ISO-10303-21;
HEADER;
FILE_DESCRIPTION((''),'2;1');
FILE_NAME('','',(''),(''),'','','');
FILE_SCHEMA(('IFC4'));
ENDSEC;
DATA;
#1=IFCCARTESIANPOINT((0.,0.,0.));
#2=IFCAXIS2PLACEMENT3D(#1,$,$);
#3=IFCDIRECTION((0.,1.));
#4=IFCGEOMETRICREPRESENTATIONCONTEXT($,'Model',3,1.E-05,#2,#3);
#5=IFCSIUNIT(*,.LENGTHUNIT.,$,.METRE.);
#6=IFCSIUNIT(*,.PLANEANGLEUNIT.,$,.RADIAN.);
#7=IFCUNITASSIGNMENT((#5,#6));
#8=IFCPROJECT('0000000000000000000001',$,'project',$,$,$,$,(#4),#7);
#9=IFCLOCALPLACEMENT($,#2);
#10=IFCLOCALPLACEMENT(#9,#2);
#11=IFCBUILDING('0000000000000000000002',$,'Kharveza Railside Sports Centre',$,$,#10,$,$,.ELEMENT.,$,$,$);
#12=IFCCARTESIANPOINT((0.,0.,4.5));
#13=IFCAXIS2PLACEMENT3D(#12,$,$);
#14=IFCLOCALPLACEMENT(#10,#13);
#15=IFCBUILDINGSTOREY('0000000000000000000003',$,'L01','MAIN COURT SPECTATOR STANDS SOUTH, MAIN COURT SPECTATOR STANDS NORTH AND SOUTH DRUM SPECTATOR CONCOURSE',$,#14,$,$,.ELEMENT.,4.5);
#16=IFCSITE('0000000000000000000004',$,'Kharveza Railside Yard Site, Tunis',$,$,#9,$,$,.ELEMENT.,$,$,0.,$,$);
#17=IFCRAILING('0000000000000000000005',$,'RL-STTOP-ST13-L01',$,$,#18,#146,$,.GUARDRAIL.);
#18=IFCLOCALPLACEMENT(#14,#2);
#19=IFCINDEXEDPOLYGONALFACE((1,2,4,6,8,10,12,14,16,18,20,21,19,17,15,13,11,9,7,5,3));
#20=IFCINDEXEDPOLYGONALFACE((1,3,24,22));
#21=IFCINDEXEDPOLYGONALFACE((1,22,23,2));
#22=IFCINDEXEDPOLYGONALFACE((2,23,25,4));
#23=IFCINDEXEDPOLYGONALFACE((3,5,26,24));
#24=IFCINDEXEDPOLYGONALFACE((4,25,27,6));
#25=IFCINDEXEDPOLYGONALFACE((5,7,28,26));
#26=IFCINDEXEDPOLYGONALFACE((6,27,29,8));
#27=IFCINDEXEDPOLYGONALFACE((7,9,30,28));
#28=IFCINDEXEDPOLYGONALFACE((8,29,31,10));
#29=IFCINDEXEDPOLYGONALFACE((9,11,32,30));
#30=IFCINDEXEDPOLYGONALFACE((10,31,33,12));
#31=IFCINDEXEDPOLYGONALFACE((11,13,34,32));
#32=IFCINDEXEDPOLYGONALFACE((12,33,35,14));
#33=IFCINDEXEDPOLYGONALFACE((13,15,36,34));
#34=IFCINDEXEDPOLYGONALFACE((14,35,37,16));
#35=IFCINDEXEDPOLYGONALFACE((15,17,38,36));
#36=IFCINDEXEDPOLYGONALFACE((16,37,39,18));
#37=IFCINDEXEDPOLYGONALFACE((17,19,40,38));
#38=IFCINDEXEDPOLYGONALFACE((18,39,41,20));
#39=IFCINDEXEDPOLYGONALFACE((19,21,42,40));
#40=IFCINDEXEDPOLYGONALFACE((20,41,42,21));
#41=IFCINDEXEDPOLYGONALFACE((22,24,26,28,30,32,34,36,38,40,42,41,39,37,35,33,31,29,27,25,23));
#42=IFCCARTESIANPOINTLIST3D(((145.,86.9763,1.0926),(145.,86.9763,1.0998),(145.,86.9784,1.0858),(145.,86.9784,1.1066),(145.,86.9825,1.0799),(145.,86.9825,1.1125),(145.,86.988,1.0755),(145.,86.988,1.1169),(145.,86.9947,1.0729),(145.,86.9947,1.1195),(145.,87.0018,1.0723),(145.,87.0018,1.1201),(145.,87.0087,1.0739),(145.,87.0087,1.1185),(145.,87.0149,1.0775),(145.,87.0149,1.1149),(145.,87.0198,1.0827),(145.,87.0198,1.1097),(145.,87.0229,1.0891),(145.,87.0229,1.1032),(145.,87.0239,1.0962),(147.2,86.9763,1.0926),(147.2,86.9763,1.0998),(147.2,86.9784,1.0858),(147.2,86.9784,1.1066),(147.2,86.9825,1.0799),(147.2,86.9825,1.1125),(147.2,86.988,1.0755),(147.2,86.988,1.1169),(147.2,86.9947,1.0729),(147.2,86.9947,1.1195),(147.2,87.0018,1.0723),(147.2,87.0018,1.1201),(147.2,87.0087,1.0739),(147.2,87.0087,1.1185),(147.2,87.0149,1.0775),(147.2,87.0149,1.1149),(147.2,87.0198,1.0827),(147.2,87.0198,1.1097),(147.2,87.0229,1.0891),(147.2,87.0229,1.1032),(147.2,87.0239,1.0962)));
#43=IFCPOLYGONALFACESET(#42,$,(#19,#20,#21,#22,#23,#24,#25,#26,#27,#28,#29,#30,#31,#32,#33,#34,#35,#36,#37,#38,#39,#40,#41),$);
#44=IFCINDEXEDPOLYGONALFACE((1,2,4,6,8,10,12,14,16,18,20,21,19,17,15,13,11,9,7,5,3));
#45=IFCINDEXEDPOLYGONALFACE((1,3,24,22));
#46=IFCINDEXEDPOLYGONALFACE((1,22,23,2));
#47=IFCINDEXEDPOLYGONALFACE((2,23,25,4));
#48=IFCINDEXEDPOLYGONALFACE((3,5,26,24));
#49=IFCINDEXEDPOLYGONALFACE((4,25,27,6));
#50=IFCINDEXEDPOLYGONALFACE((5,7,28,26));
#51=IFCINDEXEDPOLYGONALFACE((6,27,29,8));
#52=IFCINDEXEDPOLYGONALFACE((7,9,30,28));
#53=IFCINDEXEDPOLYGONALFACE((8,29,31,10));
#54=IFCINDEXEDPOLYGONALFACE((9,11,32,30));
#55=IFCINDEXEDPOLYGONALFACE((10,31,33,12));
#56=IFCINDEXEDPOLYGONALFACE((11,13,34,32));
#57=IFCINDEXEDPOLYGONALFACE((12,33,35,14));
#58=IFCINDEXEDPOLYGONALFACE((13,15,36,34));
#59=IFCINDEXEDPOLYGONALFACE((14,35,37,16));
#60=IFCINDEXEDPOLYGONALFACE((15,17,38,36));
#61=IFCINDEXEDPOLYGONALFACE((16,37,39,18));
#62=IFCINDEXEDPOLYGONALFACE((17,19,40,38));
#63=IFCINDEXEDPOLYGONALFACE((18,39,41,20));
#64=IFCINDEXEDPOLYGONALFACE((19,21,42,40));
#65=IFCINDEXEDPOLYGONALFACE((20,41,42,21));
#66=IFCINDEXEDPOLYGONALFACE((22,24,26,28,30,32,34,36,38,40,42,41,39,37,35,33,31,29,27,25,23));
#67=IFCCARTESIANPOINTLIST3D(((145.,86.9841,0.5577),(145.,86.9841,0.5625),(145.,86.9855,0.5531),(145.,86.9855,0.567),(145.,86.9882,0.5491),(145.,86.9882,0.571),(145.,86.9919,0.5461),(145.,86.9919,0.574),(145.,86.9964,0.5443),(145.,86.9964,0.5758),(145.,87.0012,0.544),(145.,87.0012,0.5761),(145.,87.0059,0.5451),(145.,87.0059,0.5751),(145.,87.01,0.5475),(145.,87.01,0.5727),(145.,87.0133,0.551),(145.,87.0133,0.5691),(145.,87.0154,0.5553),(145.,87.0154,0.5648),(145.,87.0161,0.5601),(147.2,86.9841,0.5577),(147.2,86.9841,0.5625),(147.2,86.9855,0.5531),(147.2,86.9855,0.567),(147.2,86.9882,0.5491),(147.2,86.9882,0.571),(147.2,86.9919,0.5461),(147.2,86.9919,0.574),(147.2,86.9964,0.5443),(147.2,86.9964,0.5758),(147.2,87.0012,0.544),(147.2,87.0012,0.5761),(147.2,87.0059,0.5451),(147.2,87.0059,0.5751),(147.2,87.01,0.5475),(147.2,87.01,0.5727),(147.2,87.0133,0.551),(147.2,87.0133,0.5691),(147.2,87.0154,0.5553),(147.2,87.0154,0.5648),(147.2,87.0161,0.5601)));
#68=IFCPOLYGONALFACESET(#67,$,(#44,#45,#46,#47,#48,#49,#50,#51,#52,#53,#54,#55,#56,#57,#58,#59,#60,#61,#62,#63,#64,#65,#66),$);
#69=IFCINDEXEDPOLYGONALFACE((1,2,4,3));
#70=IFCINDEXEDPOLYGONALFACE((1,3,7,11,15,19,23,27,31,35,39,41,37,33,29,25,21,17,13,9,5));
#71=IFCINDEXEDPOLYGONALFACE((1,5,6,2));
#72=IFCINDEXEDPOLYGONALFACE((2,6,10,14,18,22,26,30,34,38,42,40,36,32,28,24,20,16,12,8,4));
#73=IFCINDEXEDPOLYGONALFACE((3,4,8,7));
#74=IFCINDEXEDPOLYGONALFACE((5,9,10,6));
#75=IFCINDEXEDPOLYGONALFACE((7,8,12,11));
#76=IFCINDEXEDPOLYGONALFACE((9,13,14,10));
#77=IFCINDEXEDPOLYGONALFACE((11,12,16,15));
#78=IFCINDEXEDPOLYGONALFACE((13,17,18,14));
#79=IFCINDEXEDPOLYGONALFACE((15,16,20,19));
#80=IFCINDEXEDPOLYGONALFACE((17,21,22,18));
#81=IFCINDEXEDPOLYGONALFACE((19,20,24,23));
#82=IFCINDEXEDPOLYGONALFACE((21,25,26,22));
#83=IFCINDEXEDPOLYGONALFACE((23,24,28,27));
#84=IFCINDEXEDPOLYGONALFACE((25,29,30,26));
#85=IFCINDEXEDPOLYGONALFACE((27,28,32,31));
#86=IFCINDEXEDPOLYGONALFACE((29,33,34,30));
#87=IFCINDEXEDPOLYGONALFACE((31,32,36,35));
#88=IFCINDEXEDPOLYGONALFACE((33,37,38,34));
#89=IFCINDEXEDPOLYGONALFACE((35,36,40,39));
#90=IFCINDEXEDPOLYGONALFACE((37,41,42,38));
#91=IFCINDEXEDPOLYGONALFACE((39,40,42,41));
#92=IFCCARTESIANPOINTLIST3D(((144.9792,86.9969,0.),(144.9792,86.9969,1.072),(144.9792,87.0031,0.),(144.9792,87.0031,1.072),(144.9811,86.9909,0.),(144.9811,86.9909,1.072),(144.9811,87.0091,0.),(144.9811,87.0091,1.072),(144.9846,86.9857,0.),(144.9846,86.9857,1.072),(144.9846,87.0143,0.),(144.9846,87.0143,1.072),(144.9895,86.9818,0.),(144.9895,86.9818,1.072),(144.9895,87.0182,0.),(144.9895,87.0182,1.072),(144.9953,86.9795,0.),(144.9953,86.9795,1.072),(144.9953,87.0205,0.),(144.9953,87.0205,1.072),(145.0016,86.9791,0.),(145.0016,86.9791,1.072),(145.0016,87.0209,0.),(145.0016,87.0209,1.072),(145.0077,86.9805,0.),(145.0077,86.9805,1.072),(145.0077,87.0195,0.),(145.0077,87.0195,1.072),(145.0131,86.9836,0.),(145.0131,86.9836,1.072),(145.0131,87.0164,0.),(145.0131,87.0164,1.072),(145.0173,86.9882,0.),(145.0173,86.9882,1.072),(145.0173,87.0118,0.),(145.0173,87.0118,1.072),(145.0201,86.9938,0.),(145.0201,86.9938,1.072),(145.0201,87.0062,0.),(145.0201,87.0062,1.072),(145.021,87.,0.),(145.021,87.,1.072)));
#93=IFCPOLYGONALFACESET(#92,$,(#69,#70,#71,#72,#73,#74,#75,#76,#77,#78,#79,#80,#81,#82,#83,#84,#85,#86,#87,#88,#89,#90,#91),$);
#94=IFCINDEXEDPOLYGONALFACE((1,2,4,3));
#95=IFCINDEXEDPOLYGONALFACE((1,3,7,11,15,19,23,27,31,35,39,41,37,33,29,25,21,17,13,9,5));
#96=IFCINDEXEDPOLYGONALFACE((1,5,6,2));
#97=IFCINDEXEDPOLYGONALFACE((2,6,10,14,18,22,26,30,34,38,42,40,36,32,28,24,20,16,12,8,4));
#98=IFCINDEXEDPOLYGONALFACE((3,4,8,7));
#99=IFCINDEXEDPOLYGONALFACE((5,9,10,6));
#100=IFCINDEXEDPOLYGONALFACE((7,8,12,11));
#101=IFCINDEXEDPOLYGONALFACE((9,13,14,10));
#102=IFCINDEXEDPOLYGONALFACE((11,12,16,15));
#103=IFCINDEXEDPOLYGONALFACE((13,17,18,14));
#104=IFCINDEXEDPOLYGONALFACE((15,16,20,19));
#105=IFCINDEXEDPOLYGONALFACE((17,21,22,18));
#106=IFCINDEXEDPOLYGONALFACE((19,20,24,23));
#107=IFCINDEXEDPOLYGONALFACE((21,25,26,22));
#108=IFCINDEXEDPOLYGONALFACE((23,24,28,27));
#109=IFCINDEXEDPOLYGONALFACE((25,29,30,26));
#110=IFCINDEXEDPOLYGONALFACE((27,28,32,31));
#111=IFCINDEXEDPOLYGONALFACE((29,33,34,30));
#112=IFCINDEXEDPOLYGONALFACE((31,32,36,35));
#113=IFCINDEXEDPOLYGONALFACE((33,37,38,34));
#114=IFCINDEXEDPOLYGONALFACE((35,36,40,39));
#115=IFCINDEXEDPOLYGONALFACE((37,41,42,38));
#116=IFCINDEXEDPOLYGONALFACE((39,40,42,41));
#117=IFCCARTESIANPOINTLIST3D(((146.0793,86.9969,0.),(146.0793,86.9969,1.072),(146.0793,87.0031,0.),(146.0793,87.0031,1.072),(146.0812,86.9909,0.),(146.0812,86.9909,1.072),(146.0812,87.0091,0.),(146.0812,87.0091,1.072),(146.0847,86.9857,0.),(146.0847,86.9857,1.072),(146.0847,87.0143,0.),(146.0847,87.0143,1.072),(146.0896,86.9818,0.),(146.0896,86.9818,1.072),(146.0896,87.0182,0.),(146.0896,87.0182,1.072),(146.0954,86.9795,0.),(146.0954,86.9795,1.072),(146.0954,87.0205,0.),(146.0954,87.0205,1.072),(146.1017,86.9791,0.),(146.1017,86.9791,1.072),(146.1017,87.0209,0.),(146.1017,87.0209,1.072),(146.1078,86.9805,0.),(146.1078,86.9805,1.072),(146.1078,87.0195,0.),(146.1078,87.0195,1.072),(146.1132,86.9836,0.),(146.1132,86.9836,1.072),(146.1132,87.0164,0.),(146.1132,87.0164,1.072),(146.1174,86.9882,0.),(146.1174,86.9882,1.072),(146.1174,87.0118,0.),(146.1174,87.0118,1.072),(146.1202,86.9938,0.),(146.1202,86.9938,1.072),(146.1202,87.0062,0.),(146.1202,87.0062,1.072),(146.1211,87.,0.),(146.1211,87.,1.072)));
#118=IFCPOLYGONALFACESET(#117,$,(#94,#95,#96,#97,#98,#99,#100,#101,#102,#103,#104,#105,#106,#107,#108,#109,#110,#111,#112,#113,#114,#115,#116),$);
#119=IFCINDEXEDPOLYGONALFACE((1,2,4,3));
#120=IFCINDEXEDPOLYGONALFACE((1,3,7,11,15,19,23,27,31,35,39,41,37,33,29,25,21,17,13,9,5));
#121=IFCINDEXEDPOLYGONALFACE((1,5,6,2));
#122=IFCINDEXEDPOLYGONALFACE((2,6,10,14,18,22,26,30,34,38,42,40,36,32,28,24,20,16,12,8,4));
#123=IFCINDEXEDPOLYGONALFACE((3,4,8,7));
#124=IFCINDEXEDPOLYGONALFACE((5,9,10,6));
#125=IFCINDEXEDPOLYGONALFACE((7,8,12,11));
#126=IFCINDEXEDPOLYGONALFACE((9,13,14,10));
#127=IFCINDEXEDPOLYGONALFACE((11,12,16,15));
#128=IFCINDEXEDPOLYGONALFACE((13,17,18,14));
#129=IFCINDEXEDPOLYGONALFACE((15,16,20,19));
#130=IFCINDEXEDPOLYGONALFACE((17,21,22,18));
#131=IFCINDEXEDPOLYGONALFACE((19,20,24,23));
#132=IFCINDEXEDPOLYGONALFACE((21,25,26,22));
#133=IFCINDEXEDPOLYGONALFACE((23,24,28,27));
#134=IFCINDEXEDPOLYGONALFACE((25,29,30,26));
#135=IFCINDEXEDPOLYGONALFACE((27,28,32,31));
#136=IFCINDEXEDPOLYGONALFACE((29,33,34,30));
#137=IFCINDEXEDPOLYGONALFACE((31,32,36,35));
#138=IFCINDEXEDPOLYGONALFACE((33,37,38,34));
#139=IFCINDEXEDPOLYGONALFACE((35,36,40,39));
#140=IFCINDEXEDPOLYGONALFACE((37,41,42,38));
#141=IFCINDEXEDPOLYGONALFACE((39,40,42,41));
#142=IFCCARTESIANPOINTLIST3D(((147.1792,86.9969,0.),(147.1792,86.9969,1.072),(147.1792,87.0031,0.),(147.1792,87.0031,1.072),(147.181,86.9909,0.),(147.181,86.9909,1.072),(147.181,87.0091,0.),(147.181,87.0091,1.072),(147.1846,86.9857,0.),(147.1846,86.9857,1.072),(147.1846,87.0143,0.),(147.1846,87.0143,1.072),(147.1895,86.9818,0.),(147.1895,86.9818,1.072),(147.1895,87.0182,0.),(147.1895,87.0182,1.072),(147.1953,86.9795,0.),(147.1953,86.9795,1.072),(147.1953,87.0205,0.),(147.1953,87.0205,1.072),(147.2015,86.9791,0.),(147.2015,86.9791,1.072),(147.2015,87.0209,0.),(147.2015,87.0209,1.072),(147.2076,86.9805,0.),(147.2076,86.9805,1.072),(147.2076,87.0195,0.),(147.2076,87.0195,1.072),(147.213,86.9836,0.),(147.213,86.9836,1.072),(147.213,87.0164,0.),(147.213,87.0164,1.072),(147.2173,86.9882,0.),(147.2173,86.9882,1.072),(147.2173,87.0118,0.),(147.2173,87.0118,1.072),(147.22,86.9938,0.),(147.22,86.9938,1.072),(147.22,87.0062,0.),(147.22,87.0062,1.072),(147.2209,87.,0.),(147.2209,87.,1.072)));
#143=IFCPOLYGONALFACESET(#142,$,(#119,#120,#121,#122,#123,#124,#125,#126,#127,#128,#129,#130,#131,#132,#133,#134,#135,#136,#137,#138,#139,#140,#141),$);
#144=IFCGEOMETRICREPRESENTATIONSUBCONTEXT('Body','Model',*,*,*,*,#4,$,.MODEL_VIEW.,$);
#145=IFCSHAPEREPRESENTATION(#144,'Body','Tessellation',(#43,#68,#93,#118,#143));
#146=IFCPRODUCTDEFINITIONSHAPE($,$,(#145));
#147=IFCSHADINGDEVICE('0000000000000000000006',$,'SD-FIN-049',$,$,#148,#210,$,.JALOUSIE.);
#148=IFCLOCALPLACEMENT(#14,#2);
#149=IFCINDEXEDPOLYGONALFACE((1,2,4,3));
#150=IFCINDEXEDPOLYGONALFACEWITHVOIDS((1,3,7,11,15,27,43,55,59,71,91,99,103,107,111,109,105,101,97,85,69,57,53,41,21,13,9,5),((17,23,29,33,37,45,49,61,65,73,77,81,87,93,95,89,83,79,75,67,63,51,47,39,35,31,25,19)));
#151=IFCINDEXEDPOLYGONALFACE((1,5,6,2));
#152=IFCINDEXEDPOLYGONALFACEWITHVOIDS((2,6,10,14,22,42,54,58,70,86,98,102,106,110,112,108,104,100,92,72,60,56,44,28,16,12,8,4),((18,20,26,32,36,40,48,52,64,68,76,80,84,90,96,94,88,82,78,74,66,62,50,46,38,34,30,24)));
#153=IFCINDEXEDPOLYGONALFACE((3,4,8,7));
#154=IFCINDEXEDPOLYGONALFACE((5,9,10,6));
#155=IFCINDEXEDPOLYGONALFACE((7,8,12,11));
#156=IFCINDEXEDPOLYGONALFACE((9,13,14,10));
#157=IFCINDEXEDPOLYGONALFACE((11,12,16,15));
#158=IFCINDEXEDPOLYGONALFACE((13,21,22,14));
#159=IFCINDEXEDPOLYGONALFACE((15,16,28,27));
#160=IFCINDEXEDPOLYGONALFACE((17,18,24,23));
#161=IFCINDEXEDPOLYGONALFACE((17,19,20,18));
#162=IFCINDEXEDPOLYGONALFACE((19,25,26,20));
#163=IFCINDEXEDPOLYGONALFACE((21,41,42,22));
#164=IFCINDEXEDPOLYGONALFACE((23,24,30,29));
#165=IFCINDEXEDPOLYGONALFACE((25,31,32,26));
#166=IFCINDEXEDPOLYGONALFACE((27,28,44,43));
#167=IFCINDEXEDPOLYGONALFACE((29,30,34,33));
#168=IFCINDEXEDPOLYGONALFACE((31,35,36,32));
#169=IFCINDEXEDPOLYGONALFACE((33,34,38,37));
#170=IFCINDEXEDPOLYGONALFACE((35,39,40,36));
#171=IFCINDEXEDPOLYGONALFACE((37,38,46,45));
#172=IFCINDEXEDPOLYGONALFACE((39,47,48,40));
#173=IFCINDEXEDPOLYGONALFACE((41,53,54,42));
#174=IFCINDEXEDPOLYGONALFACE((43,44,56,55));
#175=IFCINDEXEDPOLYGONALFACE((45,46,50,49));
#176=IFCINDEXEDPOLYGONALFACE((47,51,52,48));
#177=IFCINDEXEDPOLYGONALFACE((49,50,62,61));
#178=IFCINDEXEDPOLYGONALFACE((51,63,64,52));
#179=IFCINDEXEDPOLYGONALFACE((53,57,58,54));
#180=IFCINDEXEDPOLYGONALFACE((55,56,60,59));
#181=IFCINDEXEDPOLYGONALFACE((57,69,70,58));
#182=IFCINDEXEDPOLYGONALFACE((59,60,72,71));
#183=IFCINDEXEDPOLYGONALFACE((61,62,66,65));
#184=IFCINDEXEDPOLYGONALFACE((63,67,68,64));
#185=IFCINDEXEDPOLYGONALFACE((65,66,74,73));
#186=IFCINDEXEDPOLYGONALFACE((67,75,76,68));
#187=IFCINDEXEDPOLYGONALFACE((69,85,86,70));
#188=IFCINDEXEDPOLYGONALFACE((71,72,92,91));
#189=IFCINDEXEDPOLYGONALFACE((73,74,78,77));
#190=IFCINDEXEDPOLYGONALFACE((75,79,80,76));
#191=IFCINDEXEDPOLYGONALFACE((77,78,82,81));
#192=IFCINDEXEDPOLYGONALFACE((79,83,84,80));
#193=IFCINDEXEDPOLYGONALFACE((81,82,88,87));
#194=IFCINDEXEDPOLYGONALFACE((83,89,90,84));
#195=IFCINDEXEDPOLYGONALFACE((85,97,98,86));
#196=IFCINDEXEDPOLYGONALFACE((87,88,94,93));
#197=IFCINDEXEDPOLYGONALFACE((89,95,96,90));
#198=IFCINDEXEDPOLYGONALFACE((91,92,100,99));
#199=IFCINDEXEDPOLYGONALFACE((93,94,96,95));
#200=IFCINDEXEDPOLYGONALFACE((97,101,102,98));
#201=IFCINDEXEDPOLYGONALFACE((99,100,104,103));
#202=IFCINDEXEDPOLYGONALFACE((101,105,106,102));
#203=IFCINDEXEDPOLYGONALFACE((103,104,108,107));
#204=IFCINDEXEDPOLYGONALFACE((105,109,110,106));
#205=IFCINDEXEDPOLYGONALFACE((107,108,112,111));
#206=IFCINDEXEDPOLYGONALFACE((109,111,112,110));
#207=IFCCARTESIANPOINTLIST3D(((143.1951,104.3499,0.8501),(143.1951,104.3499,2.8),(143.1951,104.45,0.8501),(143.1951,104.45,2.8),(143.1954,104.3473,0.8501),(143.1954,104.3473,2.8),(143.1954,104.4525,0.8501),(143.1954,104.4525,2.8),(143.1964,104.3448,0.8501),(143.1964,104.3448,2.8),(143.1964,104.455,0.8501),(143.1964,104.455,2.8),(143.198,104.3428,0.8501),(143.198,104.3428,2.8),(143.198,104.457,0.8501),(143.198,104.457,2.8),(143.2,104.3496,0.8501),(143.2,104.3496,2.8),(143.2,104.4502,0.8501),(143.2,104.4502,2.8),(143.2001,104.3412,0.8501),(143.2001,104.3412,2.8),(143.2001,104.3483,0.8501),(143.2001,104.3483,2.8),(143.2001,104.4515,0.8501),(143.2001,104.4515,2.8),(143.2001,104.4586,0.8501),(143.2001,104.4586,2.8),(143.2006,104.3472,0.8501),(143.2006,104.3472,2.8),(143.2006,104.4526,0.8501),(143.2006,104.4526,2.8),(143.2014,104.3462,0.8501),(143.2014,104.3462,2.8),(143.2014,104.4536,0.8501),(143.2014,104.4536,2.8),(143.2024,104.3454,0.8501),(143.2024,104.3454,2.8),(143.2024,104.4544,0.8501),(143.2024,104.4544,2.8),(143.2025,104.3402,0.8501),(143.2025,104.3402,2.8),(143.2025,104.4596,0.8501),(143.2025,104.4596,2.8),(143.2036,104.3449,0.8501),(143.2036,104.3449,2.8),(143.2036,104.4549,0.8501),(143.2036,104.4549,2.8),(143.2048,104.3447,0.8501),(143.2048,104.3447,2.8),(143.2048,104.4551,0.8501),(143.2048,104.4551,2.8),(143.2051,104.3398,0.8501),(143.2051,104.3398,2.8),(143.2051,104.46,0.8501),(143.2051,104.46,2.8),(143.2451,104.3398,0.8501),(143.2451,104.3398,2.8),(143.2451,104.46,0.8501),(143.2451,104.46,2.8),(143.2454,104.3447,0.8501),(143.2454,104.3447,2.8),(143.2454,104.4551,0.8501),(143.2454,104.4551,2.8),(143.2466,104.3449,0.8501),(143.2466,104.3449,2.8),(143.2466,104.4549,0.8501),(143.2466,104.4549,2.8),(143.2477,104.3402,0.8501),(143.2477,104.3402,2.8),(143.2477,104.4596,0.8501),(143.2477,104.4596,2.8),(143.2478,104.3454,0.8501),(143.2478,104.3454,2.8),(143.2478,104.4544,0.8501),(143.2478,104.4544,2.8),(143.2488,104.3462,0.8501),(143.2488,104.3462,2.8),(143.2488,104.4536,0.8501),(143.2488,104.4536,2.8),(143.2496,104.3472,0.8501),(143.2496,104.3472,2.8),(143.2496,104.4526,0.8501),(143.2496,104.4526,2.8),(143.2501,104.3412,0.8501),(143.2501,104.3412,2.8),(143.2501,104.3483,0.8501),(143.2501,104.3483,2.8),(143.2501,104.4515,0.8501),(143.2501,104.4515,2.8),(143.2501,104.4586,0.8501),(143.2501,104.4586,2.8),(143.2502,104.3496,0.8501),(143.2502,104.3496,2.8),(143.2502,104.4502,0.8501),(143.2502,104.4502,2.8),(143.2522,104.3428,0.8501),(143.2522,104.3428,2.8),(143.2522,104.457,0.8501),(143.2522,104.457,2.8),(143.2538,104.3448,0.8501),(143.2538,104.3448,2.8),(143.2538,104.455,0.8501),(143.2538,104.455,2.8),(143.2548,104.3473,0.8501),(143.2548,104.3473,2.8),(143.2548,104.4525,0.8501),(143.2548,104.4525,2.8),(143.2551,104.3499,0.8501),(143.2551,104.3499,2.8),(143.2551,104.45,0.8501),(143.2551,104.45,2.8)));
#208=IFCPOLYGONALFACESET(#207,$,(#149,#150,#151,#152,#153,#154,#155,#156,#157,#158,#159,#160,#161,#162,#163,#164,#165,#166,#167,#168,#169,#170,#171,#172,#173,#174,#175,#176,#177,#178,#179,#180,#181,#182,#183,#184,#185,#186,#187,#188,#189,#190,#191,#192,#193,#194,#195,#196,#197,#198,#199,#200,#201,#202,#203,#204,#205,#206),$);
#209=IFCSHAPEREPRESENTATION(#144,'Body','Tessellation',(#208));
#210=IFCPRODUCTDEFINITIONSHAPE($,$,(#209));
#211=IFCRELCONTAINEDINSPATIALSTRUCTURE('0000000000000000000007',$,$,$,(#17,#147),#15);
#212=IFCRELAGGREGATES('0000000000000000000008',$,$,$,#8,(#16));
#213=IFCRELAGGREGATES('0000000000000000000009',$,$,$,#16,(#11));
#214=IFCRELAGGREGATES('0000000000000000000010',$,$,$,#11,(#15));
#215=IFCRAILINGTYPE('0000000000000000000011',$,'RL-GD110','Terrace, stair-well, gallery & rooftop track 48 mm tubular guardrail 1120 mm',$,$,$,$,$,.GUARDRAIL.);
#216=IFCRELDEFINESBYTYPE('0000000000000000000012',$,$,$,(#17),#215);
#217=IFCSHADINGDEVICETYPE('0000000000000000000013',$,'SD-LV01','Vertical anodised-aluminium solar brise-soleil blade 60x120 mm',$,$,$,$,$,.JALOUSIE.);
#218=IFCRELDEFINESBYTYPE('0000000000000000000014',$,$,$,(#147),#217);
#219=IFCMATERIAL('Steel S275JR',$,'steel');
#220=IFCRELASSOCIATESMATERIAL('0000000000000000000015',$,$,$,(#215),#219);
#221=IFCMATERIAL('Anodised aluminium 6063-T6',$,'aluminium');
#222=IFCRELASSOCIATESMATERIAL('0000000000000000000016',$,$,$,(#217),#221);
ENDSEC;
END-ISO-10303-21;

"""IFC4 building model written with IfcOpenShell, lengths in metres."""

from ifc_helpers import new_model, si_unit, direction, frame, origin, origin_2d, place, context, subcontext, project, spatial, hollow_rectangle, circle, extrude, material, material_profile, profile_set, type_object, element, save


model = new_model("IFC4")

# Units and contexts
model_context = context("Model", 3, precision=1e-05, world=origin(), true_north=direction((0.0, 1.0)))
body_context = subcontext(model_context, "Body", "Model", "MODEL_VIEW")
ifc_project = project(units=[si_unit("LENGTHUNIT", "METRE"), si_unit("PLANEANGLEUNIT", "RADIAN")], contexts=[model_context])

# Site, building, storey
site_placement = place(None, origin())
site = spatial("IfcSite", under=ifc_project, at=site_placement, Name="Kharveza Railside Yard Site, Tunis", CompositionType="ELEMENT", RefElevation=0.0)
building_placement = place(site_placement, origin())
building = spatial("IfcBuilding", under=site, at=building_placement, Name="Kharveza Railside Sports Centre", CompositionType="ELEMENT")
storey_placement = place(building_placement, frame((0.0, 0.0, 4.5)))
storey = spatial("IfcBuildingStorey", under=building, at=storey_placement, Name="L01", Description="MAIN COURT SPECTATOR STANDS SOUTH, MAIN COURT SPECTATOR STANDS NORTH AND SOUTH DRUM SPECTATOR CONCOURSE", CompositionType="ELEMENT", Elevation=4.5)

# Railing
ifc_material_1 = material(Name="Steel S275JR", Category="steel")
railing_type = type_object("IfcRailingType", Name="RL-GD110", Description="Terrace, stair-well, gallery & rooftop track 48 mm tubular guardrail 1120 mm", PredefinedType="GUARDRAIL", material=ifc_material_1)
railing_1_placement = place(storey_placement, frame((145.0, 87.0, 0.0)))
element("IfcRailing", 1, at=railing_1_placement, inside=storey, type_object=railing_type, Name="RL-STTOP-ST13-L01", PredefinedType="GUARDRAIL", context=body_context, shape_type="SweptSolid", body=[
    extrude(circle(Radius=0.0239, at=origin_2d()), frame((0.0, 0.0, 1.0962), z_axis=(1.0, 0.0, 0.0), x_axis=(0.0, 1.0, 0.0)), (0.0, 0.0, 1.0), 2.2),
    extrude(circle(Radius=0.0161, at=origin_2d()), frame((0.0, 0.0, 0.5601), z_axis=(1.0, 0.0, 0.0), x_axis=(0.0, 1.0, 0.0)), (0.0, 0.0, 1.0), 2.2),
    extrude(circle(Radius=0.021, at=origin_2d()), origin(), (0.0, 0.0, 1.0), 1.072),
    extrude(circle(Radius=0.021, at=origin_2d()), frame((1.1001, 0.0, 0.0)), (0.0, 0.0, 1.0), 1.072),
    extrude(circle(Radius=0.021, at=origin_2d()), frame((2.2, 0.0, 0.0)), (0.0, 0.0, 1.0), 1.072),
])

# Shading device
ifc_material_2 = material(Name="Anodised aluminium 6063-T6", Category="aluminium")
ifc_material_profile_1 = material_profile(ifc_material_2, hollow_rectangle(XDim=0.0601, YDim=0.1201, WallThickness=0.0049, InnerFilletRadius=0.0049, OuterFilletRadius=0.01, at=origin_2d()), Name="RHS 60x120x5.0")
ifc_profile_set_1 = profile_set([ifc_material_profile_1], Name="Anodised aluminium 6063-T6")
shading_device_type = type_object("IfcShadingDeviceType", Name="SD-LV01", Description="Vertical anodised-aluminium solar brise-soleil blade 60x120 mm", PredefinedType="JALOUSIE", material=ifc_profile_set_1)
shading_device_placement = place(storey_placement, frame((143.2251, 104.3999, 0.8501), z_axis=(0.0, 0.0, 1.0), x_axis=(1.0, 0.0, 0.0)))
element("IfcShadingDevice", 2, at=shading_device_placement, inside=storey, type_object=shading_device_type, Name="SD-FIN-049", PredefinedType="JALOUSIE", context=body_context, shape_type="SweptSolid", body=[
    extrude(hollow_rectangle(XDim=0.0601, YDim=0.1201, WallThickness=0.0049, InnerFilletRadius=0.0049, OuterFilletRadius=0.01, at=origin_2d()), origin(), (0.0, 0.0, 1.0), 1.95),
])

save(model, "model.ifc")
